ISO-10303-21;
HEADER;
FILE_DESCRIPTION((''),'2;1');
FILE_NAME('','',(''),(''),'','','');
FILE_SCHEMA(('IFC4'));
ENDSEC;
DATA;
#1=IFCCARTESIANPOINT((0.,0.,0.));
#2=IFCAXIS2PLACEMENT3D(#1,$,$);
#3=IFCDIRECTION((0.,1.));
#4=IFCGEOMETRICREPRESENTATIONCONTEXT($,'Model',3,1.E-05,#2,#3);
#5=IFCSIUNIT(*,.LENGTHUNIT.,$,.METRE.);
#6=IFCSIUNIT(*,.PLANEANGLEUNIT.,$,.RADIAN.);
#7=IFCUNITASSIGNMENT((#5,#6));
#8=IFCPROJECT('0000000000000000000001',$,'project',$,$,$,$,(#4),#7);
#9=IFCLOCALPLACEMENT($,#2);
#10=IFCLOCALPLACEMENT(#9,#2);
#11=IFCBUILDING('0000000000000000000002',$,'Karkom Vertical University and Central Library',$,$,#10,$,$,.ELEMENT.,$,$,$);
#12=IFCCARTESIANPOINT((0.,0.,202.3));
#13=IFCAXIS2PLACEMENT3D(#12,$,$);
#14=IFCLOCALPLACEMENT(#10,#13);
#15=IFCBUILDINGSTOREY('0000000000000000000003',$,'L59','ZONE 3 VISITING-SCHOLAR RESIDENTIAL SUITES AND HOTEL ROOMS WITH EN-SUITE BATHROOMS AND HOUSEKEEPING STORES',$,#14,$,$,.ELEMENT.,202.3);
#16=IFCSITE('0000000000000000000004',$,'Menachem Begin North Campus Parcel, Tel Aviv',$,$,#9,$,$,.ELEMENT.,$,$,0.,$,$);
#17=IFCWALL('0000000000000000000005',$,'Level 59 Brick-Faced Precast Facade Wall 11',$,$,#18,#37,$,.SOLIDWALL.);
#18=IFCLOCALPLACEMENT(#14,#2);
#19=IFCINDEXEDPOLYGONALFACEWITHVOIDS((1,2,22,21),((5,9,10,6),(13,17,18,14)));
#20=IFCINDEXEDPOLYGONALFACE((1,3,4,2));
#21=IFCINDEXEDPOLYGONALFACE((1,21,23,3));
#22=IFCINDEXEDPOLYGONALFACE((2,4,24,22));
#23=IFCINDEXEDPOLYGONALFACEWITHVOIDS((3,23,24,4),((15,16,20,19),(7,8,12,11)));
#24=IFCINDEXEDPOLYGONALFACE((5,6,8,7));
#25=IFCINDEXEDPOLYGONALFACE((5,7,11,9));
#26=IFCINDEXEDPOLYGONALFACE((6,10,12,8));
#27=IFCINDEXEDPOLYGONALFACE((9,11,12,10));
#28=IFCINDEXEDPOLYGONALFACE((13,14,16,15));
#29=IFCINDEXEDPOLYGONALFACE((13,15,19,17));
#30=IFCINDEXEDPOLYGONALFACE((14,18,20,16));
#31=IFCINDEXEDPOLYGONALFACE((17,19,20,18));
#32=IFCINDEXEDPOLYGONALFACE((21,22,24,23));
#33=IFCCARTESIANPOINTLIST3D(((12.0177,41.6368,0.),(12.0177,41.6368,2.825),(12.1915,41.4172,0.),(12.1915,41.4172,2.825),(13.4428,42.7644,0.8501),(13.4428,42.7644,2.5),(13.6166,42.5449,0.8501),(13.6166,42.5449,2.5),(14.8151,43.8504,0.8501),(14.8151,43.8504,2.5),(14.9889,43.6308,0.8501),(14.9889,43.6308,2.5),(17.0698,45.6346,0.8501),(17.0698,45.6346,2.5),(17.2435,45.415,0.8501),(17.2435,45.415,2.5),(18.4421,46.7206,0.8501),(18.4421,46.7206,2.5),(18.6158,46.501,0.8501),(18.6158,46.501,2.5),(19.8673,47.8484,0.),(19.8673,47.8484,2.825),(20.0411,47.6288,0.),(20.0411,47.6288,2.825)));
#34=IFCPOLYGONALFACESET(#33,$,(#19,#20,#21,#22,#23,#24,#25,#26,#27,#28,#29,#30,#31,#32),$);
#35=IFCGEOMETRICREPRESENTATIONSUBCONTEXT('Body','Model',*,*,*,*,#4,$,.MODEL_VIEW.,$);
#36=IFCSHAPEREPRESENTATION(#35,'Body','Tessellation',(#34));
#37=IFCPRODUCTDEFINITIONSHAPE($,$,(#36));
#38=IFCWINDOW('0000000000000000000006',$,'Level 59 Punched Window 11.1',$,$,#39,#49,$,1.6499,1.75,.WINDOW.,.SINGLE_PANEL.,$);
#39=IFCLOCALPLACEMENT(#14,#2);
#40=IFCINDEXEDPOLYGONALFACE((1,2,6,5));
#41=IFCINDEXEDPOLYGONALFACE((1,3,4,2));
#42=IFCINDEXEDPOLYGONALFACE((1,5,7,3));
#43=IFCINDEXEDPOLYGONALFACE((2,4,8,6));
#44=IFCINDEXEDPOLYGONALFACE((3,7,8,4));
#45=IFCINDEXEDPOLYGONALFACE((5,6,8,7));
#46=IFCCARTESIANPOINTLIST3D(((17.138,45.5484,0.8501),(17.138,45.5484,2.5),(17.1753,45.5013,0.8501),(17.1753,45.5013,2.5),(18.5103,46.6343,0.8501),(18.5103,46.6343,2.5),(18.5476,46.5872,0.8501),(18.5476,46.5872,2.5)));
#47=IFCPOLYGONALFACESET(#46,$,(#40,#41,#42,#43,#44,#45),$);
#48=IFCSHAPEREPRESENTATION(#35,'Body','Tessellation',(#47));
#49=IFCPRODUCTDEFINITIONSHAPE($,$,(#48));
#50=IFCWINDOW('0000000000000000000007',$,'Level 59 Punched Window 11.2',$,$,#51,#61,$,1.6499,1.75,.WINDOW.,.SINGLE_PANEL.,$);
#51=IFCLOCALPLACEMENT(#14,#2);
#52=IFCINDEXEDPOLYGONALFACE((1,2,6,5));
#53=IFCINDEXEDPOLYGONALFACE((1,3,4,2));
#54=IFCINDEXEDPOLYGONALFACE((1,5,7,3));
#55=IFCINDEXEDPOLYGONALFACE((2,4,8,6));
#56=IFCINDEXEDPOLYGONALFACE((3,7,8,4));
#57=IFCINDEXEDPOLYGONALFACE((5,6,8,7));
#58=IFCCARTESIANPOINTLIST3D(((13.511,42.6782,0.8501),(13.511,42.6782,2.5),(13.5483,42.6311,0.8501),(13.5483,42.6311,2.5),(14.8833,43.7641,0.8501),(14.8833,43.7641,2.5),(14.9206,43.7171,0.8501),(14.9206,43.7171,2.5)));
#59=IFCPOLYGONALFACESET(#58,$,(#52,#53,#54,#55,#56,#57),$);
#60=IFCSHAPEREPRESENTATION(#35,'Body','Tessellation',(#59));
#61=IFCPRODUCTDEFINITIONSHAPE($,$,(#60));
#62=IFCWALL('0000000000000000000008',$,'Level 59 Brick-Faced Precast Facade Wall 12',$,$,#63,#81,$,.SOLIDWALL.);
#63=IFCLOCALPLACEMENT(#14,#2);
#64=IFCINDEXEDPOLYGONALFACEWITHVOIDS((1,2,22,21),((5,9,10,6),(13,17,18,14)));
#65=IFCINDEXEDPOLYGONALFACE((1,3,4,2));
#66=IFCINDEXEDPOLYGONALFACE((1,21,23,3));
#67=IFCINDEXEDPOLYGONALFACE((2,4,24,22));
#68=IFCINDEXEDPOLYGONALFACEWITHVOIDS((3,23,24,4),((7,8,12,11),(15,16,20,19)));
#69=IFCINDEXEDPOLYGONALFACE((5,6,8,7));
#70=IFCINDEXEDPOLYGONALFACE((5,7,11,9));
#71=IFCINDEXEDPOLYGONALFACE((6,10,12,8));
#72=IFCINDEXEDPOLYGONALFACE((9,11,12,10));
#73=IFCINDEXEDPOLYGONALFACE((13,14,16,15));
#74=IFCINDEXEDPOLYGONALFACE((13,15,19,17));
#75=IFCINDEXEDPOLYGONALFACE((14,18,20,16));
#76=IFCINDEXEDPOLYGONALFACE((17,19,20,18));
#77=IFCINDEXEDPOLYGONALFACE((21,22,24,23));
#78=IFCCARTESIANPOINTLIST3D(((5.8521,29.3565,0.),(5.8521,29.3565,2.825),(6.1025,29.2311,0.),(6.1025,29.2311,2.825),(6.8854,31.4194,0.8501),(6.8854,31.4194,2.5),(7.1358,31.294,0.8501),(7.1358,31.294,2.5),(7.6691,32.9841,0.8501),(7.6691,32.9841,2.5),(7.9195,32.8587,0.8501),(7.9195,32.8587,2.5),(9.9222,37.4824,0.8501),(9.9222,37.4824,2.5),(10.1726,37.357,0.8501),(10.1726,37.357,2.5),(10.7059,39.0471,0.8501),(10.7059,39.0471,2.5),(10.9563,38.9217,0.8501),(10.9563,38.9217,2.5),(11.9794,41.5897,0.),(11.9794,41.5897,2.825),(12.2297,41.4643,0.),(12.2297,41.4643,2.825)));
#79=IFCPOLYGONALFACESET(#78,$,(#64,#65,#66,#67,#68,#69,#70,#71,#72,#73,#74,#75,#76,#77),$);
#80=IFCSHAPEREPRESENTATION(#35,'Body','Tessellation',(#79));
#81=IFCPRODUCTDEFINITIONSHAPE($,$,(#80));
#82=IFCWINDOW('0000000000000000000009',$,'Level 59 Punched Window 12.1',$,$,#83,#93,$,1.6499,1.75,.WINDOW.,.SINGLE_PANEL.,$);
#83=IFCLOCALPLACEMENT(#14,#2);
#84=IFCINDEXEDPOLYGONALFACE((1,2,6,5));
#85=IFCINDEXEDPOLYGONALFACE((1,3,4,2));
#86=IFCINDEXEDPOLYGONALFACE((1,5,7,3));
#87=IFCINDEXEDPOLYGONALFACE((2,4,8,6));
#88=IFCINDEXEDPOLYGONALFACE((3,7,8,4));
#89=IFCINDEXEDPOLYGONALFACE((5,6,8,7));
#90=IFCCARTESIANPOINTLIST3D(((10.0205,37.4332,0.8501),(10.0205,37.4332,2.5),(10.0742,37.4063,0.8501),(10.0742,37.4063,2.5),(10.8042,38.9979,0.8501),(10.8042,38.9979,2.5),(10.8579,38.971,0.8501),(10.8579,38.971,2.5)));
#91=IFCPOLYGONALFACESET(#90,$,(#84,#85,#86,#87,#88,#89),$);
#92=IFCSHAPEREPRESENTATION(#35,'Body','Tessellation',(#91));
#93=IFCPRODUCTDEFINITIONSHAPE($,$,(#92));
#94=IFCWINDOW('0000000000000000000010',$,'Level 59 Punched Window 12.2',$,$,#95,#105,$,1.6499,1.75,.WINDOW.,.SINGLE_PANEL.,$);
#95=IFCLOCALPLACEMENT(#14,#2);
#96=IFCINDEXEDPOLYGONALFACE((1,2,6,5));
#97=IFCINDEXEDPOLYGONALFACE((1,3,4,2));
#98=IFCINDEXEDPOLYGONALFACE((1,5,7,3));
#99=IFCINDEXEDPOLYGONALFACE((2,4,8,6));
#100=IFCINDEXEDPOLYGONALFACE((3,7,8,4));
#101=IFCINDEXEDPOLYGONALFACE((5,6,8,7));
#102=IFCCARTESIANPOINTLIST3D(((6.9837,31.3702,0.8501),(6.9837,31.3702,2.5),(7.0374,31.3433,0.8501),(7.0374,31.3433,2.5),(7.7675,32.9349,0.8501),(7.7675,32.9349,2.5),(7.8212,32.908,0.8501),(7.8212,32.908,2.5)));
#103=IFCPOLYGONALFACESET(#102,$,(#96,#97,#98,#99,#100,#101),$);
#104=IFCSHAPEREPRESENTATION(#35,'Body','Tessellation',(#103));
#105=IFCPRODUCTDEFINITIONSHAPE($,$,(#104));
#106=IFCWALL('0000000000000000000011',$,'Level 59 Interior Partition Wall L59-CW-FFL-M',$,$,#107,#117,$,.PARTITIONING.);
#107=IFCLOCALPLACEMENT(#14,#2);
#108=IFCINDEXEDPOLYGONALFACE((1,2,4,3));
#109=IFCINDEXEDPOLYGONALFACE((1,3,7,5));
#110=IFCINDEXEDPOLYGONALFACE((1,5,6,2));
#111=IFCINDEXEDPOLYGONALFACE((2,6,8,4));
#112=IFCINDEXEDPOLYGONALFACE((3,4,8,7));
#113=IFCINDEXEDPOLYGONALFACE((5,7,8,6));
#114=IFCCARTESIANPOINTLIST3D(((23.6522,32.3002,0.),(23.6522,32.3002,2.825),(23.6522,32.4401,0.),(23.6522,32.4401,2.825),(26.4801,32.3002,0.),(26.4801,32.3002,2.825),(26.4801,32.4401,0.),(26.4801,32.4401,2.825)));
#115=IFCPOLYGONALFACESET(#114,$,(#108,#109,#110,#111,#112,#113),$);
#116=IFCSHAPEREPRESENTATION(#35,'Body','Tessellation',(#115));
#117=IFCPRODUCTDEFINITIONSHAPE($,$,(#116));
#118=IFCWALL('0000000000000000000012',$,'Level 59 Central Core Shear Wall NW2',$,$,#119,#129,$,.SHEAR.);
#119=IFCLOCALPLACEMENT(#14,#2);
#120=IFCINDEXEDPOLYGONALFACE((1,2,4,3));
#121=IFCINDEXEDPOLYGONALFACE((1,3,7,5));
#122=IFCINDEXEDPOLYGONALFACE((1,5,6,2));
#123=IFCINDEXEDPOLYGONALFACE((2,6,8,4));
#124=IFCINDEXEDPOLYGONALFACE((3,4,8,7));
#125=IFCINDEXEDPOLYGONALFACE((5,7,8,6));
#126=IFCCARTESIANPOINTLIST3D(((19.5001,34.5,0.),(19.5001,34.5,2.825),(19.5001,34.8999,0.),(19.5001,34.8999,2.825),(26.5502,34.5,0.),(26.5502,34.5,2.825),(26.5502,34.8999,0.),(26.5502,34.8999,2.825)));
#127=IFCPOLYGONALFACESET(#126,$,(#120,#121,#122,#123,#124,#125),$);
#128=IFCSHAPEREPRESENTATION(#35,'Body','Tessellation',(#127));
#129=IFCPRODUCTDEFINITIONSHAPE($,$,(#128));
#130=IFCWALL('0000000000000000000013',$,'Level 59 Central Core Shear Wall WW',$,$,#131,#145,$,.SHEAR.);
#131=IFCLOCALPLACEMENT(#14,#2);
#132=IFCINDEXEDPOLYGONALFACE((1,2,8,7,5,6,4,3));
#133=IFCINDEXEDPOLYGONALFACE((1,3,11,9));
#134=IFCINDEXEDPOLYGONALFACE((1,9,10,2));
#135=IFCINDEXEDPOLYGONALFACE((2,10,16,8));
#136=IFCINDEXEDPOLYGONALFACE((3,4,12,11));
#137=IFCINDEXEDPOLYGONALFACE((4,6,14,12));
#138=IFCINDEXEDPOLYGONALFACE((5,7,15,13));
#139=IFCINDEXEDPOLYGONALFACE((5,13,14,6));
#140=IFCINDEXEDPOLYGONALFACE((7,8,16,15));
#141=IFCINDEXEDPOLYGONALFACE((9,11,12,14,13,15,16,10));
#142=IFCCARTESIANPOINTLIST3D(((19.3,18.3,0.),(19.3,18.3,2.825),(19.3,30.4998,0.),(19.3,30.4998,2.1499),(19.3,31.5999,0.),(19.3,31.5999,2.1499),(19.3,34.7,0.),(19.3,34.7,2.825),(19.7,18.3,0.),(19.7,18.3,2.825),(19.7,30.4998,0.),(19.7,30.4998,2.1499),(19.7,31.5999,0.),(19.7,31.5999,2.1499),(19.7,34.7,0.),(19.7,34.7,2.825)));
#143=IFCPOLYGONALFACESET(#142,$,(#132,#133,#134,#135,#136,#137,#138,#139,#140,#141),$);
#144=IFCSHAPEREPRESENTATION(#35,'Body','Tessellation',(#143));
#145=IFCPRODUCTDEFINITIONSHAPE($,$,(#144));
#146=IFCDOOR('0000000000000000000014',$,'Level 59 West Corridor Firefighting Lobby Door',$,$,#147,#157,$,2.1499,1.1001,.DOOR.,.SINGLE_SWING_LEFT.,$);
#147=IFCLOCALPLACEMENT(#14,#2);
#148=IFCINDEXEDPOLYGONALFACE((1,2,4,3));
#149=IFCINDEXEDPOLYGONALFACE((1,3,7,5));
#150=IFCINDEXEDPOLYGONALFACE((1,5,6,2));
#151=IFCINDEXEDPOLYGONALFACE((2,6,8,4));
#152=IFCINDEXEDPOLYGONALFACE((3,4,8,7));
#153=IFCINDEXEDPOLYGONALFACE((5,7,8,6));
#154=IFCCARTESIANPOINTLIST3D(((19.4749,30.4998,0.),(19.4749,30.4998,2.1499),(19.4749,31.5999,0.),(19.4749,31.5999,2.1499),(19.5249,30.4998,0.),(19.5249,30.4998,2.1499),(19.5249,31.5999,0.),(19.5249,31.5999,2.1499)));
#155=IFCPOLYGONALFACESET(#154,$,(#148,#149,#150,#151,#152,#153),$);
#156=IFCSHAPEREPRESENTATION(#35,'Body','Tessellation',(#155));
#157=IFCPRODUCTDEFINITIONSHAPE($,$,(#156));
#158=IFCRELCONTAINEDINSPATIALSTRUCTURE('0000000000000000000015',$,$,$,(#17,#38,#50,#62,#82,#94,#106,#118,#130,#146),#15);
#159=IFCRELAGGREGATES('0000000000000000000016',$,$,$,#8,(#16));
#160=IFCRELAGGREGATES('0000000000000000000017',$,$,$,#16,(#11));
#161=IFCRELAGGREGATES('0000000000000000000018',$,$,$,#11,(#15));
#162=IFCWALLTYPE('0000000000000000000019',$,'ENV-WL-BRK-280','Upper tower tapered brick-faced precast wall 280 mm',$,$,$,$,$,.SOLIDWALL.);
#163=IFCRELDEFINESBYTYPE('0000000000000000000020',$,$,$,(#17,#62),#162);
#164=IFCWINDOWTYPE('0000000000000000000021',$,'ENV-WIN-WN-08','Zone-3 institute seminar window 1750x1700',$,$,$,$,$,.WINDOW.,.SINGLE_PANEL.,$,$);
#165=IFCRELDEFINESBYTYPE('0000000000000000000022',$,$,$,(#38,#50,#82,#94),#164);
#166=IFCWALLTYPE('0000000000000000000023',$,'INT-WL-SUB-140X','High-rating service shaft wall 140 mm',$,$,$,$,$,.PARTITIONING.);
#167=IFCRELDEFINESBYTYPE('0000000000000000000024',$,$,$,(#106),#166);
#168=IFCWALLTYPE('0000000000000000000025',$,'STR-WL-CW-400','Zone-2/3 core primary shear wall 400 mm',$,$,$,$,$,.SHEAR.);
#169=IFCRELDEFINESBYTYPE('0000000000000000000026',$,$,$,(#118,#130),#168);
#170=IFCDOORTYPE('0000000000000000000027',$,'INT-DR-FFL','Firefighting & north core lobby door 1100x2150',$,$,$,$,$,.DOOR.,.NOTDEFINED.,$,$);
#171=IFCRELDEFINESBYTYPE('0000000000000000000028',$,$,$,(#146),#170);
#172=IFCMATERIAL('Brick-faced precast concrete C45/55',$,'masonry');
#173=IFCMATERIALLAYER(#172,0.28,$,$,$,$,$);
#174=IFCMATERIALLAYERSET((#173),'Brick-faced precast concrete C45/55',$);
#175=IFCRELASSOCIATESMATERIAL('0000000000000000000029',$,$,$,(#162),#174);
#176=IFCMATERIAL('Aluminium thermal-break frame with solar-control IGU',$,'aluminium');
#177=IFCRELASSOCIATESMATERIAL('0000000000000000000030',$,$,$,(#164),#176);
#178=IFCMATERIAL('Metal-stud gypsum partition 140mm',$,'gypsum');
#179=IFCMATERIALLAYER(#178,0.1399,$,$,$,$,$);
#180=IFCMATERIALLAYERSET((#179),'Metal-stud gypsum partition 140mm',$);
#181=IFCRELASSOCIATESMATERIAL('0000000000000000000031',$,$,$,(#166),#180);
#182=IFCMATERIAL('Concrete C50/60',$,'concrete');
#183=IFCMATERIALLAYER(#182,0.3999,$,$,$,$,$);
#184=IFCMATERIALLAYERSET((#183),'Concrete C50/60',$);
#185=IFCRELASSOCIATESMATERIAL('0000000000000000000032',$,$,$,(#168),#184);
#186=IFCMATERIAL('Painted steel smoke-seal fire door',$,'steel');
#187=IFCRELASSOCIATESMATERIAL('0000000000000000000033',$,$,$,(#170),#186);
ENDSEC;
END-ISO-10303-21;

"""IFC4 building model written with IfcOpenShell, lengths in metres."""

from ifc_helpers import new_model, si_unit, direction, frame, frame_2d, origin, origin_with_axes, place, context, subcontext, project, spatial, rectangle, extrude, source, transform, mapped, material, layer, layer_set, type_object, element, fill, save


model = new_model("IFC4")

# Units and contexts
model_context = context("Model", 3, precision=1e-05, world=origin(), true_north=direction((0.0, 1.0)))
body_context = subcontext(model_context, "Body", "Model", "MODEL_VIEW")
ifc_project = project(units=[si_unit("LENGTHUNIT", "METRE"), si_unit("PLANEANGLEUNIT", "RADIAN")], contexts=[model_context])

# Site, building, storey
site_placement = place(None, origin())
site = spatial("IfcSite", under=ifc_project, at=site_placement, Name="Menachem Begin North Campus Parcel, Tel Aviv", CompositionType="ELEMENT", RefElevation=0.0)
building_placement = place(site_placement, origin())
building = spatial("IfcBuilding", under=site, at=building_placement, Name="Karkom Vertical University and Central Library", CompositionType="ELEMENT")
storey_placement = place(building_placement, frame((0.0, 0.0, 202.3)))
storey = spatial("IfcBuildingStorey", under=building, at=storey_placement, Name="L59", Description="ZONE 3 VISITING-SCHOLAR RESIDENTIAL SUITES AND HOTEL ROOMS WITH EN-SUITE BATHROOMS AND HOUSEKEEPING STORES", CompositionType="ELEMENT", Elevation=202.3)

# Shared definitions
ifc_material_1 = material(Name="Concrete C50/60", Category="concrete")

# Walls, openings, windows
ifc_material_2 = material(Name="Brick-faced precast concrete C45/55", Category="masonry")
ifc_layer_1 = layer(ifc_material_2, 0.28)
ifc_layer_set_1 = layer_set([ifc_layer_1], Name="Brick-faced precast concrete C45/55")
wall_type_1 = type_object("IfcWallType", Name="ENV-WL-BRK-280", Description="Upper tower tapered brick-faced precast wall 280 mm", PredefinedType="SOLIDWALL", material=ifc_layer_set_1)
wall_1_placement = place(storey_placement, frame((19.9541, 47.7385, 0.0), z_axis=(0.0, 0.0, 1.0), x_axis=(-0.784172, -0.620543, 0.0)))
wall_1 = element("IfcWall", 1, at=wall_1_placement, inside=storey, type_object=wall_type_1, Name="Level 59 Brick-Faced Precast Facade Wall 11", PredefinedType="SOLIDWALL", context=body_context, shape_type="SweptSolid", body=[
    extrude(rectangle(XDim=10.01, YDim=0.28, at=frame_2d((5.0049, 0.0))), origin(), (0.0, 0.0, 1.0), 2.825),
])
opening_1_placement = place(wall_1_placement, frame((1.8174, 0.0, 0.8501)))
opening_1 = element("IfcOpeningElement", 2, at=opening_1_placement, cuts=wall_1, PredefinedType="OPENING", context=body_context, shape_type="SweptSolid", body=[
    extrude(rectangle(XDim=1.75, YDim=1.6499, at=frame_2d((0.875, 0.825))), frame((0.0, 0.1499, 0.0), z_axis=(0.0, -1.0, 0.0), x_axis=(1.0, 0.0, 0.0)), (0.0, 0.0, 1.0), 0.3),
])
opening_2_placement = place(wall_1_placement, frame((6.4426, 0.0, 0.8501)))
opening_2 = element("IfcOpeningElement", 3, at=opening_2_placement, cuts=wall_1, PredefinedType="OPENING", context=body_context, shape_type="SweptSolid", body=[
    extrude(rectangle(XDim=1.75, YDim=1.6499, at=frame_2d((0.875, 0.825))), frame((0.0, 0.1499, 0.0), z_axis=(0.0, -1.0, 0.0), x_axis=(1.0, 0.0, 0.0)), (0.0, 0.0, 1.0), 0.3),
])
ifc_material_3 = material(Name="Aluminium thermal-break frame with solar-control IGU", Category="aluminium")
window_type = type_object("IfcWindowType", Name="ENV-WIN-WN-08", Description="Zone-3 institute seminar window 1750x1700", PartitioningType="SINGLE_PANEL", PredefinedType="WINDOW", material=ifc_material_3)
shared_shape_1 = source(origin_with_axes(), body_context, "Body", "SweptSolid", [
    extrude(rectangle(XDim=1.75, YDim=1.6499, at=frame_2d((0.875, 0.825))), frame((0.0, 0.03, 0.0), z_axis=(0.0, -1.0, 0.0), x_axis=(1.0, 0.0, 0.0)), (0.0, 0.0, 1.0), 0.0601),
])
window_1_placement = place(opening_1_placement, origin())
window_1 = element("IfcWindow", 4, at=window_1_placement, inside=storey, type_object=window_type, Name="Level 59 Punched Window 11.1", OverallHeight=1.6499, OverallWidth=1.75, PartitioningType="SINGLE_PANEL", PredefinedType="WINDOW", context=body_context, shape_type="MappedRepresentation", body=[
    mapped(shared_shape_1, transform((0.0, 0.0, 0.0), scale=1.0)),
])
fill(opening_1, window_1)
window_2_placement = place(opening_2_placement, origin())
window_2 = element("IfcWindow", 5, at=window_2_placement, inside=storey, type_object=window_type, Name="Level 59 Punched Window 11.2", OverallHeight=1.6499, OverallWidth=1.75, PartitioningType="SINGLE_PANEL", PredefinedType="WINDOW", context=body_context, shape_type="MappedRepresentation", body=[
    mapped(shared_shape_1, transform((0.0, 0.0, 0.0), scale=1.0)),
])
fill(opening_2, window_2)
wall_2_placement = place(storey_placement, frame((12.1045, 41.5269, 0.0), z_axis=(0.0, 0.0, 1.0), x_axis=(-0.447834, -0.894116, 0.0)))
wall_2 = element("IfcWall", 6, at=wall_2_placement, inside=storey, type_object=wall_type_1, Name="Level 59 Brick-Faced Precast Facade Wall 12", PredefinedType="SOLIDWALL", context=body_context, shape_type="SweptSolid", body=[
    extrude(rectangle(XDim=13.6819, YDim=0.28, at=frame_2d((6.8408, 0.0))), origin(), (0.0, 0.0, 1.0), 2.825),
])
opening_3_placement = place(wall_2_placement, frame((2.8435, 0.0, 0.8501)))
opening_3 = element("IfcOpeningElement", 7, at=opening_3_placement, cuts=wall_2, PredefinedType="OPENING", context=body_context, shape_type="SweptSolid", body=[
    extrude(rectangle(XDim=1.75, YDim=1.6499, at=frame_2d((0.875, 0.825))), frame((0.0, 0.1499, 0.0), z_axis=(0.0, -1.0, 0.0), x_axis=(1.0, 0.0, 0.0)), (0.0, 0.0, 1.0), 0.3),
])
opening_4_placement = place(wall_2_placement, frame((9.6245, 0.0, 0.8501)))
opening_4 = element("IfcOpeningElement", 8, at=opening_4_placement, cuts=wall_2, PredefinedType="OPENING", context=body_context, shape_type="SweptSolid", body=[
    extrude(rectangle(XDim=1.75, YDim=1.6499, at=frame_2d((0.875, 0.825))), frame((0.0, 0.1499, 0.0), z_axis=(0.0, -1.0, 0.0), x_axis=(1.0, 0.0, 0.0)), (0.0, 0.0, 1.0), 0.3),
])
window_3_placement = place(opening_3_placement, origin())
window_3 = element("IfcWindow", 9, at=window_3_placement, inside=storey, type_object=window_type, Name="Level 59 Punched Window 12.1", OverallHeight=1.6499, OverallWidth=1.75, PartitioningType="SINGLE_PANEL", PredefinedType="WINDOW", context=body_context, shape_type="MappedRepresentation", body=[
    mapped(shared_shape_1, transform((0.0, 0.0, 0.0), scale=1.0)),
])
fill(opening_3, window_3)
window_4_placement = place(opening_4_placement, origin())
window_4 = element("IfcWindow", 10, at=window_4_placement, inside=storey, type_object=window_type, Name="Level 59 Punched Window 12.2", OverallHeight=1.6499, OverallWidth=1.75, PartitioningType="SINGLE_PANEL", PredefinedType="WINDOW", context=body_context, shape_type="MappedRepresentation", body=[
    mapped(shared_shape_1, transform((0.0, 0.0, 0.0), scale=1.0)),
])
fill(opening_4, window_4)

# Walls
ifc_material_4 = material(Name="Metal-stud gypsum partition 140mm", Category="gypsum")
ifc_layer_2 = layer(ifc_material_4, 0.1399)
ifc_layer_set_2 = layer_set([ifc_layer_2], Name="Metal-stud gypsum partition 140mm")
wall_type_2 = type_object("IfcWallType", Name="INT-WL-SUB-140X", Description="High-rating service shaft wall 140 mm", PredefinedType="PARTITIONING", material=ifc_layer_set_2)
wall_3_placement = place(storey_placement, frame((23.6521, 32.3701, 0.0), z_axis=(0.0, 0.0, 1.0), x_axis=(1.0, 0.0, 0.0)))
element("IfcWall", 11, at=wall_3_placement, inside=storey, type_object=wall_type_2, Name="Level 59 Interior Partition Wall L59-CW-FFL-M", PredefinedType="PARTITIONING", context=body_context, shape_type="SweptSolid", body=[
    extrude(rectangle(XDim=2.8279, YDim=0.1399, at=frame_2d((1.4141, 0.0))), origin(), (0.0, 0.0, 1.0), 2.825),
])
ifc_layer_3 = layer(ifc_material_1, 0.3999)
ifc_layer_set_3 = layer_set([ifc_layer_3], Name="Concrete C50/60")
wall_type_3 = type_object("IfcWallType", Name="STR-WL-CW-400", Description="Zone-2/3 core primary shear wall 400 mm", PredefinedType="SHEAR", material=ifc_layer_set_3)
wall_4_placement = place(storey_placement, frame((26.55, 34.7, 0.0), z_axis=(0.0, 0.0, 1.0), x_axis=(-1.0, 0.0, 0.0)))
element("IfcWall", 12, at=wall_4_placement, inside=storey, type_object=wall_type_3, Name="Level 59 Central Core Shear Wall NW2", PredefinedType="SHEAR", context=body_context, shape_type="SweptSolid", body=[
    extrude(rectangle(XDim=7.05, YDim=0.3999, at=frame_2d((3.5249, 0.0))), origin(), (0.0, 0.0, 1.0), 2.825),
])

# Wall, opening, door
wall_5_placement = place(storey_placement, frame((19.5, 34.7, 0.0), z_axis=(0.0, 0.0, 1.0), x_axis=(0.0, -1.0, 0.0)))
wall_5 = element("IfcWall", 13, at=wall_5_placement, inside=storey, type_object=wall_type_3, Name="Level 59 Central Core Shear Wall WW", PredefinedType="SHEAR", context=body_context, shape_type="SweptSolid", body=[
    extrude(rectangle(XDim=16.3999, YDim=0.3999, at=frame_2d((8.2, 0.0))), origin(), (0.0, 0.0, 1.0), 2.825),
])
opening_5_placement = place(wall_5_placement, frame((3.1001, 0.0, 0.0)))
opening_5 = element("IfcOpeningElement", 14, at=opening_5_placement, cuts=wall_5, PredefinedType="OPENING", context=body_context, shape_type="SweptSolid", body=[
    extrude(rectangle(XDim=1.1001, YDim=2.1499, at=frame_2d((0.55, 1.075))), frame((0.0, 0.21, 0.0), z_axis=(0.0, -1.0, 0.0), x_axis=(1.0, 0.0, 0.0)), (0.0, 0.0, 1.0), 0.4199),
])
ifc_material_5 = material(Name="Painted steel smoke-seal fire door", Category="steel")
door_type = type_object("IfcDoorType", Name="INT-DR-FFL", Description="Firefighting & north core lobby door 1100x2150", OperationType="NOTDEFINED", PredefinedType="DOOR", material=ifc_material_5)
shared_shape_2 = source(origin_with_axes(), body_context, "Body", "SweptSolid", [
    extrude(rectangle(XDim=1.1001, YDim=2.1499, at=frame_2d((0.55, 1.075))), frame((0.0, 0.0249, 0.0), z_axis=(0.0, -1.0, 0.0), x_axis=(1.0, 0.0, 0.0)), (0.0, 0.0, 1.0), 0.05),
])
door_placement = place(opening_5_placement, origin())
door = element("IfcDoor", 15, at=door_placement, inside=storey, type_object=door_type, Name="Level 59 West Corridor Firefighting Lobby Door", OperationType="SINGLE_SWING_LEFT", OverallHeight=2.1499, OverallWidth=1.1001, PredefinedType="DOOR", context=body_context, shape_type="MappedRepresentation", body=[
    mapped(shared_shape_2, transform((0.0, 0.0, 0.0), scale=1.0)),
])
fill(opening_5, door)

save(model, "model.ifc")
